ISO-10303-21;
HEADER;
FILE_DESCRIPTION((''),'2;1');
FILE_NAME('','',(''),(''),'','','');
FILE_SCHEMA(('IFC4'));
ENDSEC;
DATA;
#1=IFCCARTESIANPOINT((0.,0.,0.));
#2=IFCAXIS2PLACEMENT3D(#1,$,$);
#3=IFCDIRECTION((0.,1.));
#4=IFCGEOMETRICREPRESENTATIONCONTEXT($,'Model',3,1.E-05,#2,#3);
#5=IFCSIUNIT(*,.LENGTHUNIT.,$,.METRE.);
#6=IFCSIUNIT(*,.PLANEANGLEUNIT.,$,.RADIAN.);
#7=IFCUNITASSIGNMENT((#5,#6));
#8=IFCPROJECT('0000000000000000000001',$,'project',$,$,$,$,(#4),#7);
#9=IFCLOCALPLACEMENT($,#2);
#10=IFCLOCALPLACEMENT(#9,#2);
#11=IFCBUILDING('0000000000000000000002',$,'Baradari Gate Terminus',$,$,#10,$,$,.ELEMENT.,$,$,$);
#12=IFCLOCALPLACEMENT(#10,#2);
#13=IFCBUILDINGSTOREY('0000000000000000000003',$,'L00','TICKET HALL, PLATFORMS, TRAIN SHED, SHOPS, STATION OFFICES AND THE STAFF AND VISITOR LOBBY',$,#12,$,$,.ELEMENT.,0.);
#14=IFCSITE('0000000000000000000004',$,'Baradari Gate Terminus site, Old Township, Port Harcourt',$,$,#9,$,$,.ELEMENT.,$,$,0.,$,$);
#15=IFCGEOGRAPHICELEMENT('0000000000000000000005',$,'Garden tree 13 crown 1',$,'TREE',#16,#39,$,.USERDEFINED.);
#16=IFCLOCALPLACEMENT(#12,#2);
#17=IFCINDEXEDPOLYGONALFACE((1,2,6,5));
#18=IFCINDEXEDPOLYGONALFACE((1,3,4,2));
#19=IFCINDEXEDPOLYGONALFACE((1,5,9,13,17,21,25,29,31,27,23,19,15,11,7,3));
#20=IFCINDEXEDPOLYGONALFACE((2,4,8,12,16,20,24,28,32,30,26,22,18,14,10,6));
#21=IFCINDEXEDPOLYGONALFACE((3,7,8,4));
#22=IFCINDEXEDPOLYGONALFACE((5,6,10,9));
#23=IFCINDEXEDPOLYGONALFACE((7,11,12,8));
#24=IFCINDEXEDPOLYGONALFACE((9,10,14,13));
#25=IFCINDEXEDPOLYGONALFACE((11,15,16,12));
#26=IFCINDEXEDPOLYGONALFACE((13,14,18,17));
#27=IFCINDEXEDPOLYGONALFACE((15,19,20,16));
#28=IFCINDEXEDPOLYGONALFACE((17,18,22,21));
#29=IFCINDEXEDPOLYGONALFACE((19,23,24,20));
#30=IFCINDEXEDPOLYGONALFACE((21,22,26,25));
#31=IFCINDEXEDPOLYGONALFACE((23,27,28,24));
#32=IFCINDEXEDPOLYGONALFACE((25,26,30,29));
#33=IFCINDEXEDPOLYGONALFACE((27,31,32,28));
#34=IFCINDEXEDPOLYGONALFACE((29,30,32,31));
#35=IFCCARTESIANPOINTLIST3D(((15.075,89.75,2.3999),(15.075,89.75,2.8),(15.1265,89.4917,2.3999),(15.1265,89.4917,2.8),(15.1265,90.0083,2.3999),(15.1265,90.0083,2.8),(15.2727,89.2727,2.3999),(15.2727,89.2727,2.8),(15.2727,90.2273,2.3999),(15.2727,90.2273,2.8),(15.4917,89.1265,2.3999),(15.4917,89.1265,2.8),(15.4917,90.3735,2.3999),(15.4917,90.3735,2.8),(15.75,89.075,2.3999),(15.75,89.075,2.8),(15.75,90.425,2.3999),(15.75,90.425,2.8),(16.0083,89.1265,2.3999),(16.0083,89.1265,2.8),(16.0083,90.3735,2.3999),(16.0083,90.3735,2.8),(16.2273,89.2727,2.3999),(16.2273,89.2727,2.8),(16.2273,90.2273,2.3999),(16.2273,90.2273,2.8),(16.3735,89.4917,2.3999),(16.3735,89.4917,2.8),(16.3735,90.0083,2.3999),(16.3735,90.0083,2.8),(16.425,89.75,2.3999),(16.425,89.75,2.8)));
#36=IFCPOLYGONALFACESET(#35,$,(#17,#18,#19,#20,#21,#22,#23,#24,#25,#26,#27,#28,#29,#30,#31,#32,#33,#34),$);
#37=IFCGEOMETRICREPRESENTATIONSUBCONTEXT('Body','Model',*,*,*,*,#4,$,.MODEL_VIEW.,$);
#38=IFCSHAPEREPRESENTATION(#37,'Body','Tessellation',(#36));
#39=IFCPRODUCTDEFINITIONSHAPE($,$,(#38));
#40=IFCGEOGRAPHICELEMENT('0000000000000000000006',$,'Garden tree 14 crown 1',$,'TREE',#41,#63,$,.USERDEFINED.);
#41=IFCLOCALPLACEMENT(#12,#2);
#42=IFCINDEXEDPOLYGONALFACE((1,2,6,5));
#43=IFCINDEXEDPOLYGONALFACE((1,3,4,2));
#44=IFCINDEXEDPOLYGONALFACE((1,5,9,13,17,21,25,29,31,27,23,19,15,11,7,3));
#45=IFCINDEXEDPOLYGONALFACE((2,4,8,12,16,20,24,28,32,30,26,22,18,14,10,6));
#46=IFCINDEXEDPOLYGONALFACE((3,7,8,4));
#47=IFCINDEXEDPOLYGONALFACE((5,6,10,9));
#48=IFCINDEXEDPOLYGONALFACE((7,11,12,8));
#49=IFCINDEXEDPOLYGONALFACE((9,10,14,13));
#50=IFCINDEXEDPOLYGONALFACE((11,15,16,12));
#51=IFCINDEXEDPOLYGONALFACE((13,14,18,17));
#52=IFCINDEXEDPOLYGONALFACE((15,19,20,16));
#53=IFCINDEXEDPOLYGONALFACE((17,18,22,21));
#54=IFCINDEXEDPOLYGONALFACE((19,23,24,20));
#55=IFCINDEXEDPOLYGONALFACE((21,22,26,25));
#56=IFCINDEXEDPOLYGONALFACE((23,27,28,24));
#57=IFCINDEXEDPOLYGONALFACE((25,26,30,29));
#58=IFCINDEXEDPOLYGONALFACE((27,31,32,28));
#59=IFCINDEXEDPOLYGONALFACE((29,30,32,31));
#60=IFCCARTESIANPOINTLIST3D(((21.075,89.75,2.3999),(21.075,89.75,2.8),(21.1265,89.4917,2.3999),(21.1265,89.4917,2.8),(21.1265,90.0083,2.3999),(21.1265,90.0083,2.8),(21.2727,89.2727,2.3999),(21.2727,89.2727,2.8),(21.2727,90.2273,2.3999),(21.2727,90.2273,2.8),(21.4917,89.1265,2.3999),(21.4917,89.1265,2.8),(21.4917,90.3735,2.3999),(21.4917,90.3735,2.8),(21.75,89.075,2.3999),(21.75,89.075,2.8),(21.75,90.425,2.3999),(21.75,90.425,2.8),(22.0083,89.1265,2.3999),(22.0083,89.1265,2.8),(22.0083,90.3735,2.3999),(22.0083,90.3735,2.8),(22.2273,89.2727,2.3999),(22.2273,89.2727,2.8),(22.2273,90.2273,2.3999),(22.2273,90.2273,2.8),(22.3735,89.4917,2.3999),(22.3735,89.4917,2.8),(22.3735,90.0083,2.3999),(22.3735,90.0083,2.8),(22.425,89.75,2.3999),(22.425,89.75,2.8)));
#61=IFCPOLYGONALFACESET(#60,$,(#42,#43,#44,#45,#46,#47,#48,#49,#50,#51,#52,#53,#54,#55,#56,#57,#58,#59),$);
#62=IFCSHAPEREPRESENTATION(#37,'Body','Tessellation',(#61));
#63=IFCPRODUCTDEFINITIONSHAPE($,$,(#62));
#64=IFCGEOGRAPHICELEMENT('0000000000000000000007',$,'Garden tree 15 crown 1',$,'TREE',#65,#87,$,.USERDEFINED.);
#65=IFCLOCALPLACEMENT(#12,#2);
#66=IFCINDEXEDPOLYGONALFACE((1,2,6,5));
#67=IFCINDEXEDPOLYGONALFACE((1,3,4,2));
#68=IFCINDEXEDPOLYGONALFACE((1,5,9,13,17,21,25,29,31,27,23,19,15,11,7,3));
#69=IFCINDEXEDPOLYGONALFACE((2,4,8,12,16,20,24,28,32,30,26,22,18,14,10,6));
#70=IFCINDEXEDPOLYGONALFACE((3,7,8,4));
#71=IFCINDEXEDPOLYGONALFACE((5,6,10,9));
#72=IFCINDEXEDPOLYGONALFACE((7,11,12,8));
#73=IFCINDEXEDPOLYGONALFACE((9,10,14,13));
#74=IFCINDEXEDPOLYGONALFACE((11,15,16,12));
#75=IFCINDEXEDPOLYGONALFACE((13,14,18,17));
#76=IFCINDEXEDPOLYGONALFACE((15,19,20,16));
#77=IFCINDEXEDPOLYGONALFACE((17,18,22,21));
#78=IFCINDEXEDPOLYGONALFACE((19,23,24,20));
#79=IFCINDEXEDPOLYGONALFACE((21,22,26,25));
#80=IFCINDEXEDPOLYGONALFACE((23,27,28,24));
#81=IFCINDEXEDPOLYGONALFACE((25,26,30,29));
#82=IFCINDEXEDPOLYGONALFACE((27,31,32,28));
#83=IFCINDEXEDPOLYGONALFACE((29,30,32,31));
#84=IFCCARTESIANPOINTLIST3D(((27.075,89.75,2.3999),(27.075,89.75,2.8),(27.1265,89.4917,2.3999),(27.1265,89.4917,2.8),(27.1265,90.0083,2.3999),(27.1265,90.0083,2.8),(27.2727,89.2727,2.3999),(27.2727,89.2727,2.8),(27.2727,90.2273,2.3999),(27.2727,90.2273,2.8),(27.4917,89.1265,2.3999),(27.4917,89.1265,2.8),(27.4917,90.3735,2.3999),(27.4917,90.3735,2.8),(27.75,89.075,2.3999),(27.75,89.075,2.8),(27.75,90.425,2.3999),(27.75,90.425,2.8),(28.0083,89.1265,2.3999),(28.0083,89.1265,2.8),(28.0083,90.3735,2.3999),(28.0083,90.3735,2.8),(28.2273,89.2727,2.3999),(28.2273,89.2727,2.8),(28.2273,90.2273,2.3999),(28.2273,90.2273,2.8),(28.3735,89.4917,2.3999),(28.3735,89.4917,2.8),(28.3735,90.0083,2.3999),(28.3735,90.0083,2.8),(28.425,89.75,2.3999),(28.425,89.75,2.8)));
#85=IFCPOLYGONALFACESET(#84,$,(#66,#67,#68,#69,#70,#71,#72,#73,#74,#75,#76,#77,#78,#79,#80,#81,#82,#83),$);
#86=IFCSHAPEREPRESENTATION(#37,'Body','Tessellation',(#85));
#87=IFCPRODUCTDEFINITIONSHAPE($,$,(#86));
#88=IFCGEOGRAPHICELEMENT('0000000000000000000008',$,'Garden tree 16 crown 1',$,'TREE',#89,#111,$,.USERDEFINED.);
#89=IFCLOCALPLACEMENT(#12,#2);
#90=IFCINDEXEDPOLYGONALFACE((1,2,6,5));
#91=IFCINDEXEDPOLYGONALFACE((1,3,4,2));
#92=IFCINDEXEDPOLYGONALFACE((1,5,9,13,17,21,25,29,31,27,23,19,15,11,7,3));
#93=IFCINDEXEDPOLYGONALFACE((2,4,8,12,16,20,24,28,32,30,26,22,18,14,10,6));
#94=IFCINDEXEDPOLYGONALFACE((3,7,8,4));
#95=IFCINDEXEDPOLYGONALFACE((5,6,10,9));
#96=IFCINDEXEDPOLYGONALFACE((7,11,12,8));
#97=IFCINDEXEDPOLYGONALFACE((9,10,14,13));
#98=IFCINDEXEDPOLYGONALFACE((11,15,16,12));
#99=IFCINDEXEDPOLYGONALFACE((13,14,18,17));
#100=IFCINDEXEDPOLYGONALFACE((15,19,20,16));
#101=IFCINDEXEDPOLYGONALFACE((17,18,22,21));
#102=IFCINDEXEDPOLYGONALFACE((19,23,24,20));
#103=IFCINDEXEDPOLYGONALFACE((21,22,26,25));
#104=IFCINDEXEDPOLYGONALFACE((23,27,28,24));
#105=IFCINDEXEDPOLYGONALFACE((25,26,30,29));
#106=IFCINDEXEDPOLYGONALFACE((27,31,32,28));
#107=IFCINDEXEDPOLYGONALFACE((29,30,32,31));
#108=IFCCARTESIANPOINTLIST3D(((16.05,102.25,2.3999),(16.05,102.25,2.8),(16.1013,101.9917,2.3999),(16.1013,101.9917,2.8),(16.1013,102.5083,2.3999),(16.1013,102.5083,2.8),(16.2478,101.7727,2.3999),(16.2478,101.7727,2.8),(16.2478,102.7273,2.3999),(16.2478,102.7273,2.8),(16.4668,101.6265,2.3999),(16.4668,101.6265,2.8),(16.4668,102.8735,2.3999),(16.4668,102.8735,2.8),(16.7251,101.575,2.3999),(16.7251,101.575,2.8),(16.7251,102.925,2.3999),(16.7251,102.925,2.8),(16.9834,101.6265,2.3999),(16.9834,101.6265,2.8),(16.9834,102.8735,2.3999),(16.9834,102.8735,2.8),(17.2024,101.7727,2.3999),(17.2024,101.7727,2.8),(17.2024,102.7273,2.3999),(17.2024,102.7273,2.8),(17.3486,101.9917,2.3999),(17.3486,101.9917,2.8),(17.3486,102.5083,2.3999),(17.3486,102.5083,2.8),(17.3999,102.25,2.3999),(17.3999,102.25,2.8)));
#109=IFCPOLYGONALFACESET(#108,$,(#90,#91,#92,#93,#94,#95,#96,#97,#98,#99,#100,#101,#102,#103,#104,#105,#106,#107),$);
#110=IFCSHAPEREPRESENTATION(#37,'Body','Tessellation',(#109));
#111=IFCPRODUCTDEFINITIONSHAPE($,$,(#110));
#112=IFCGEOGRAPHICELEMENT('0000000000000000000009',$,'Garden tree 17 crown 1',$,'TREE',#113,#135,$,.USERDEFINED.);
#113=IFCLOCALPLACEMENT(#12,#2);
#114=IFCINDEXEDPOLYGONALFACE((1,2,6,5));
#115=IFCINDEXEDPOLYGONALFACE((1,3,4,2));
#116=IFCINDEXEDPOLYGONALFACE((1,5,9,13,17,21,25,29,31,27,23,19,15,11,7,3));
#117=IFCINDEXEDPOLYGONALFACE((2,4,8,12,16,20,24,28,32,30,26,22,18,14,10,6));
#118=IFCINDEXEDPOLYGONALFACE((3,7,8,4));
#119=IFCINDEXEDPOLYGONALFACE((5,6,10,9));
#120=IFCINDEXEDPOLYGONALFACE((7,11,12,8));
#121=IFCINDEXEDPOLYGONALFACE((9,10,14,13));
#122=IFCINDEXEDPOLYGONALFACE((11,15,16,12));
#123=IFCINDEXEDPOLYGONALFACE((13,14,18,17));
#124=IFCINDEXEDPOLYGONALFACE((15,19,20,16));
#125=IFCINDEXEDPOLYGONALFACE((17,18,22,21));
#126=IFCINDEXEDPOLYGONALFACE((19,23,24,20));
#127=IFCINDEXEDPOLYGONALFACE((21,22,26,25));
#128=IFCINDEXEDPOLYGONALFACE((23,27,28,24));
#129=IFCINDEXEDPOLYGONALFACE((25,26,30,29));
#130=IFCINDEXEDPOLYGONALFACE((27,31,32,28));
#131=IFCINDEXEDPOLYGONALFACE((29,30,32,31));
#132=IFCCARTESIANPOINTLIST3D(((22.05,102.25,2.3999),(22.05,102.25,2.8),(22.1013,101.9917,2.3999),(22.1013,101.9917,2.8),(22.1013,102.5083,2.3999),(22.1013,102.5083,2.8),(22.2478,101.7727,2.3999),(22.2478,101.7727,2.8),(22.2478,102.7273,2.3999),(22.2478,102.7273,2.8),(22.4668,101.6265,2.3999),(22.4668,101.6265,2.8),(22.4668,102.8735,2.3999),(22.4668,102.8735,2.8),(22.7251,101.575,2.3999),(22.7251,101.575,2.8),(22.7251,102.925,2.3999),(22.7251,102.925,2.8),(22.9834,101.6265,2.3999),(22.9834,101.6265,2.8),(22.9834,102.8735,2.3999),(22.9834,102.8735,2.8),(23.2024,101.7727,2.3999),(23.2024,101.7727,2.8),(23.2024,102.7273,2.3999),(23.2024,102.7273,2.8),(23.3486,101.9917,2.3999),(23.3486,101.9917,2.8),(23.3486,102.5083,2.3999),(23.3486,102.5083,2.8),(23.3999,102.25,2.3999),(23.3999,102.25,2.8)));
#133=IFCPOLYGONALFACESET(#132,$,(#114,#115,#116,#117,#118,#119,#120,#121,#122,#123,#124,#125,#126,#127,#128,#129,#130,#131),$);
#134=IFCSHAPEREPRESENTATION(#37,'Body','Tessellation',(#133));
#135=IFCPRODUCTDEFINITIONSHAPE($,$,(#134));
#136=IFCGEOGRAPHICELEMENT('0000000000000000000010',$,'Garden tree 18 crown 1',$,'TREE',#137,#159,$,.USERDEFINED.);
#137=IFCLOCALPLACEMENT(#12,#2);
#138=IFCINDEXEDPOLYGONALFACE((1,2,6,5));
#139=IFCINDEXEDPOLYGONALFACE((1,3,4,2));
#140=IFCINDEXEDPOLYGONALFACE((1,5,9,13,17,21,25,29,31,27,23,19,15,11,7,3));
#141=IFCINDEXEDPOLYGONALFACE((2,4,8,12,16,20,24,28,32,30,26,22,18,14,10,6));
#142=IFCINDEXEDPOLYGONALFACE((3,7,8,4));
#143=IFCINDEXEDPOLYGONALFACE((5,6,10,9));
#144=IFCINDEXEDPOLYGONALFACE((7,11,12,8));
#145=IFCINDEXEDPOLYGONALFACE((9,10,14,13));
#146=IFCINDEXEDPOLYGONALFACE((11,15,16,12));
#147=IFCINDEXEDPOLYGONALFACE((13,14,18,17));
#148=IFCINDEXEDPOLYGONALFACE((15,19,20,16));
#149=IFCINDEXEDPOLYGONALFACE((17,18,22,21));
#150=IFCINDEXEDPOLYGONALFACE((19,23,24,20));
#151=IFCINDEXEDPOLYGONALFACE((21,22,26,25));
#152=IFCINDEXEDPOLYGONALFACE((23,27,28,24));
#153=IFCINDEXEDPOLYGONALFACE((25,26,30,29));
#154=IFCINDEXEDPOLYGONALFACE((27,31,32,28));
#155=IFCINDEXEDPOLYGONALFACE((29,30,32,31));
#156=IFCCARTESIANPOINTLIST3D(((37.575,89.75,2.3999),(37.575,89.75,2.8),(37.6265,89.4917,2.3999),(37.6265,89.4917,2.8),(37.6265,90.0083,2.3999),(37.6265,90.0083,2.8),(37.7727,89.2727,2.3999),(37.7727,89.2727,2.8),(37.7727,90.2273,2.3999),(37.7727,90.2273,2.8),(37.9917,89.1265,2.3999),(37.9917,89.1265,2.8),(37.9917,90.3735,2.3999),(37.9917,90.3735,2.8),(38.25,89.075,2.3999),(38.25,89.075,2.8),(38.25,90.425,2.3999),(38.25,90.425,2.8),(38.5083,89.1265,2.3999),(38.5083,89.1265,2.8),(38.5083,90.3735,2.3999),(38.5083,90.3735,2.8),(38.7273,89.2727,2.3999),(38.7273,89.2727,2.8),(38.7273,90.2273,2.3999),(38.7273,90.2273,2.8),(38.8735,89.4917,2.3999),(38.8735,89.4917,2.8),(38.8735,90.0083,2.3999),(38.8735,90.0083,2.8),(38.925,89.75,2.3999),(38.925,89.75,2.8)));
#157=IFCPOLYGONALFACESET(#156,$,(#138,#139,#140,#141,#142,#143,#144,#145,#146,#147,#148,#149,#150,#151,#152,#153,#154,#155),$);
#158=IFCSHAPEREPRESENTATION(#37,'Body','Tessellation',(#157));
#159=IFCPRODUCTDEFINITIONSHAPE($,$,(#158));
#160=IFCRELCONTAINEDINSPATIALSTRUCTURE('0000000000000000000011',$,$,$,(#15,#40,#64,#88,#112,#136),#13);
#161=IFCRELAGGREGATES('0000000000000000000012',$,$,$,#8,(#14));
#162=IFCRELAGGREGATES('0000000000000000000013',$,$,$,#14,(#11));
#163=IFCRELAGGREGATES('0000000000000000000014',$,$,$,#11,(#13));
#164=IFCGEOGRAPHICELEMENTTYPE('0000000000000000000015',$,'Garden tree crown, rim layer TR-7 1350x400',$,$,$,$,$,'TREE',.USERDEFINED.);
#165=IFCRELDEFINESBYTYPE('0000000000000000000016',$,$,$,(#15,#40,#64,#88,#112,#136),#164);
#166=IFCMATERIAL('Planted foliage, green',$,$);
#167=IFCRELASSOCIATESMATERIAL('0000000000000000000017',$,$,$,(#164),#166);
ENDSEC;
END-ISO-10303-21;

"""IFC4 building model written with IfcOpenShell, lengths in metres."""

from ifc_helpers import new_model, si_unit, direction, frame, origin, place, context, subcontext, project, spatial, polyline, outline, extrude, material, type_object, element, save


model = new_model("IFC4")

# Units and contexts
model_context = context("Model", 3, precision=1e-05, world=origin(), true_north=direction((0.0, 1.0)))
body_context = subcontext(model_context, "Body", "Model", "MODEL_VIEW")
ifc_project = project(units=[si_unit("LENGTHUNIT", "METRE"), si_unit("PLANEANGLEUNIT", "RADIAN")], contexts=[model_context])

# Site, building, storey
site_placement = place(None, origin())
site = spatial("IfcSite", under=ifc_project, at=site_placement, Name="Baradari Gate Terminus site, Old Township, Port Harcourt", CompositionType="ELEMENT", RefElevation=0.0)
building_placement = place(site_placement, origin())
building = spatial("IfcBuilding", under=site, at=building_placement, Name="Baradari Gate Terminus", CompositionType="ELEMENT")
storey_placement = place(building_placement, origin())
storey = spatial("IfcBuildingStorey", under=building, at=storey_placement, Name="L00", Description="TICKET HALL, PLATFORMS, TRAIN SHED, SHOPS, STATION OFFICES AND THE STAFF AND VISITOR LOBBY", CompositionType="ELEMENT", Elevation=0.0)

# Geographic elements
ifc_material_1 = material(Name="Planted foliage, green")
geographic_element_type_1 = type_object("IfcGeographicElementType", Name="Garden tree crown, rim layer TR-7 1350x400", ElementType="TREE", PredefinedType="USERDEFINED", material=ifc_material_1)
geographic_element_1_placement = place(storey_placement, frame((0.0, 0.0, 2.3999)))
element("IfcGeographicElement", 1, at=geographic_element_1_placement, inside=storey, type_object=geographic_element_type_1, Name="Garden tree 13 crown 1", ObjectType="TREE", PredefinedType="USERDEFINED", context=body_context, shape_type="SweptSolid", body=[
    extrude(outline(polyline([(16.425, 89.75), (16.3735, 90.0083), (16.2273, 90.2273), (16.0083, 90.3735), (15.75, 90.425), (15.4917, 90.3735), (15.2727, 90.2273), (15.1265, 90.0083), (15.075, 89.75), (15.1265, 89.4917), (15.2727, 89.2727), (15.4917, 89.1265), (15.75, 89.075), (16.0083, 89.1265), (16.2273, 89.2727), (16.3735, 89.4917), (16.425, 89.75)])), origin(), (0.0, 0.0, 1.0), 0.4001),
])
geographic_element_2_placement = place(storey_placement, frame((0.0, 0.0, 2.3999)))
element("IfcGeographicElement", 2, at=geographic_element_2_placement, inside=storey, type_object=geographic_element_type_1, Name="Garden tree 14 crown 1", ObjectType="TREE", PredefinedType="USERDEFINED", context=body_context, shape_type="SweptSolid", body=[
    extrude(outline(polyline([(22.425, 89.75), (22.3735, 90.0083), (22.2273, 90.2273), (22.0083, 90.3735), (21.75, 90.425), (21.4917, 90.3735), (21.2727, 90.2273), (21.1265, 90.0083), (21.075, 89.75), (21.1265, 89.4917), (21.2727, 89.2727), (21.4917, 89.1265), (21.75, 89.075), (22.0083, 89.1265), (22.2273, 89.2727), (22.3735, 89.4917), (22.425, 89.75)])), origin(), (0.0, 0.0, 1.0), 0.4001),
])
geographic_element_3_placement = place(storey_placement, frame((0.0, 0.0, 2.3999)))
element("IfcGeographicElement", 3, at=geographic_element_3_placement, inside=storey, type_object=geographic_element_type_1, Name="Garden tree 15 crown 1", ObjectType="TREE", PredefinedType="USERDEFINED", context=body_context, shape_type="SweptSolid", body=[
    extrude(outline(polyline([(28.425, 89.75), (28.3735, 90.0083), (28.2273, 90.2273), (28.0083, 90.3735), (27.75, 90.425), (27.4917, 90.3735), (27.2727, 90.2273), (27.1265, 90.0083), (27.075, 89.75), (27.1265, 89.4917), (27.2727, 89.2727), (27.4917, 89.1265), (27.75, 89.075), (28.0083, 89.1265), (28.2273, 89.2727), (28.3735, 89.4917), (28.425, 89.75)])), origin(), (0.0, 0.0, 1.0), 0.4001),
])
geographic_element_4_placement = place(storey_placement, frame((0.0, 0.0, 2.3999)))
element("IfcGeographicElement", 4, at=geographic_element_4_placement, inside=storey, type_object=geographic_element_type_1, Name="Garden tree 16 crown 1", ObjectType="TREE", PredefinedType="USERDEFINED", context=body_context, shape_type="SweptSolid", body=[
    extrude(outline(polyline([(17.3999, 102.25), (17.3486, 102.5083), (17.2024, 102.7273), (16.9834, 102.8735), (16.7251, 102.925), (16.4668, 102.8735), (16.2478, 102.7273), (16.1013, 102.5083), (16.05, 102.25), (16.1013, 101.9917), (16.2478, 101.7727), (16.4668, 101.6265), (16.7251, 101.575), (16.9834, 101.6265), (17.2024, 101.7727), (17.3486, 101.9917), (17.3999, 102.25)])), origin(), (0.0, 0.0, 1.0), 0.4001),
])
geographic_element_5_placement = place(storey_placement, frame((0.0, 0.0, 2.3999)))
element("IfcGeographicElement", 5, at=geographic_element_5_placement, inside=storey, type_object=geographic_element_type_1, Name="Garden tree 17 crown 1", ObjectType="TREE", PredefinedType="USERDEFINED", context=body_context, shape_type="SweptSolid", body=[
    extrude(outline(polyline([(23.3999, 102.25), (23.3486, 102.5083), (23.2024, 102.7273), (22.9834, 102.8735), (22.7251, 102.925), (22.4668, 102.8735), (22.2478, 102.7273), (22.1013, 102.5083), (22.05, 102.25), (22.1013, 101.9917), (22.2478, 101.7727), (22.4668, 101.6265), (22.7251, 101.575), (22.9834, 101.6265), (23.2024, 101.7727), (23.3486, 101.9917), (23.3999, 102.25)])), origin(), (0.0, 0.0, 1.0), 0.4001),
])
geographic_element_6_placement = place(storey_placement, frame((0.0, 0.0, 2.3999)))
element("IfcGeographicElement", 6, at=geographic_element_6_placement, inside=storey, type_object=geographic_element_type_1, Name="Garden tree 18 crown 1", ObjectType="TREE", PredefinedType="USERDEFINED", context=body_context, shape_type="SweptSolid", body=[
    extrude(outline(polyline([(38.925, 89.75), (38.8735, 90.0083), (38.7273, 90.2273), (38.5083, 90.3735), (38.25, 90.425), (37.9917, 90.3735), (37.7727, 90.2273), (37.6265, 90.0083), (37.575, 89.75), (37.6265, 89.4917), (37.7727, 89.2727), (37.9917, 89.1265), (38.25, 89.075), (38.5083, 89.1265), (38.7273, 89.2727), (38.8735, 89.4917), (38.925, 89.75)])), origin(), (0.0, 0.0, 1.0), 0.4001),
])

save(model, "model.ifc")
